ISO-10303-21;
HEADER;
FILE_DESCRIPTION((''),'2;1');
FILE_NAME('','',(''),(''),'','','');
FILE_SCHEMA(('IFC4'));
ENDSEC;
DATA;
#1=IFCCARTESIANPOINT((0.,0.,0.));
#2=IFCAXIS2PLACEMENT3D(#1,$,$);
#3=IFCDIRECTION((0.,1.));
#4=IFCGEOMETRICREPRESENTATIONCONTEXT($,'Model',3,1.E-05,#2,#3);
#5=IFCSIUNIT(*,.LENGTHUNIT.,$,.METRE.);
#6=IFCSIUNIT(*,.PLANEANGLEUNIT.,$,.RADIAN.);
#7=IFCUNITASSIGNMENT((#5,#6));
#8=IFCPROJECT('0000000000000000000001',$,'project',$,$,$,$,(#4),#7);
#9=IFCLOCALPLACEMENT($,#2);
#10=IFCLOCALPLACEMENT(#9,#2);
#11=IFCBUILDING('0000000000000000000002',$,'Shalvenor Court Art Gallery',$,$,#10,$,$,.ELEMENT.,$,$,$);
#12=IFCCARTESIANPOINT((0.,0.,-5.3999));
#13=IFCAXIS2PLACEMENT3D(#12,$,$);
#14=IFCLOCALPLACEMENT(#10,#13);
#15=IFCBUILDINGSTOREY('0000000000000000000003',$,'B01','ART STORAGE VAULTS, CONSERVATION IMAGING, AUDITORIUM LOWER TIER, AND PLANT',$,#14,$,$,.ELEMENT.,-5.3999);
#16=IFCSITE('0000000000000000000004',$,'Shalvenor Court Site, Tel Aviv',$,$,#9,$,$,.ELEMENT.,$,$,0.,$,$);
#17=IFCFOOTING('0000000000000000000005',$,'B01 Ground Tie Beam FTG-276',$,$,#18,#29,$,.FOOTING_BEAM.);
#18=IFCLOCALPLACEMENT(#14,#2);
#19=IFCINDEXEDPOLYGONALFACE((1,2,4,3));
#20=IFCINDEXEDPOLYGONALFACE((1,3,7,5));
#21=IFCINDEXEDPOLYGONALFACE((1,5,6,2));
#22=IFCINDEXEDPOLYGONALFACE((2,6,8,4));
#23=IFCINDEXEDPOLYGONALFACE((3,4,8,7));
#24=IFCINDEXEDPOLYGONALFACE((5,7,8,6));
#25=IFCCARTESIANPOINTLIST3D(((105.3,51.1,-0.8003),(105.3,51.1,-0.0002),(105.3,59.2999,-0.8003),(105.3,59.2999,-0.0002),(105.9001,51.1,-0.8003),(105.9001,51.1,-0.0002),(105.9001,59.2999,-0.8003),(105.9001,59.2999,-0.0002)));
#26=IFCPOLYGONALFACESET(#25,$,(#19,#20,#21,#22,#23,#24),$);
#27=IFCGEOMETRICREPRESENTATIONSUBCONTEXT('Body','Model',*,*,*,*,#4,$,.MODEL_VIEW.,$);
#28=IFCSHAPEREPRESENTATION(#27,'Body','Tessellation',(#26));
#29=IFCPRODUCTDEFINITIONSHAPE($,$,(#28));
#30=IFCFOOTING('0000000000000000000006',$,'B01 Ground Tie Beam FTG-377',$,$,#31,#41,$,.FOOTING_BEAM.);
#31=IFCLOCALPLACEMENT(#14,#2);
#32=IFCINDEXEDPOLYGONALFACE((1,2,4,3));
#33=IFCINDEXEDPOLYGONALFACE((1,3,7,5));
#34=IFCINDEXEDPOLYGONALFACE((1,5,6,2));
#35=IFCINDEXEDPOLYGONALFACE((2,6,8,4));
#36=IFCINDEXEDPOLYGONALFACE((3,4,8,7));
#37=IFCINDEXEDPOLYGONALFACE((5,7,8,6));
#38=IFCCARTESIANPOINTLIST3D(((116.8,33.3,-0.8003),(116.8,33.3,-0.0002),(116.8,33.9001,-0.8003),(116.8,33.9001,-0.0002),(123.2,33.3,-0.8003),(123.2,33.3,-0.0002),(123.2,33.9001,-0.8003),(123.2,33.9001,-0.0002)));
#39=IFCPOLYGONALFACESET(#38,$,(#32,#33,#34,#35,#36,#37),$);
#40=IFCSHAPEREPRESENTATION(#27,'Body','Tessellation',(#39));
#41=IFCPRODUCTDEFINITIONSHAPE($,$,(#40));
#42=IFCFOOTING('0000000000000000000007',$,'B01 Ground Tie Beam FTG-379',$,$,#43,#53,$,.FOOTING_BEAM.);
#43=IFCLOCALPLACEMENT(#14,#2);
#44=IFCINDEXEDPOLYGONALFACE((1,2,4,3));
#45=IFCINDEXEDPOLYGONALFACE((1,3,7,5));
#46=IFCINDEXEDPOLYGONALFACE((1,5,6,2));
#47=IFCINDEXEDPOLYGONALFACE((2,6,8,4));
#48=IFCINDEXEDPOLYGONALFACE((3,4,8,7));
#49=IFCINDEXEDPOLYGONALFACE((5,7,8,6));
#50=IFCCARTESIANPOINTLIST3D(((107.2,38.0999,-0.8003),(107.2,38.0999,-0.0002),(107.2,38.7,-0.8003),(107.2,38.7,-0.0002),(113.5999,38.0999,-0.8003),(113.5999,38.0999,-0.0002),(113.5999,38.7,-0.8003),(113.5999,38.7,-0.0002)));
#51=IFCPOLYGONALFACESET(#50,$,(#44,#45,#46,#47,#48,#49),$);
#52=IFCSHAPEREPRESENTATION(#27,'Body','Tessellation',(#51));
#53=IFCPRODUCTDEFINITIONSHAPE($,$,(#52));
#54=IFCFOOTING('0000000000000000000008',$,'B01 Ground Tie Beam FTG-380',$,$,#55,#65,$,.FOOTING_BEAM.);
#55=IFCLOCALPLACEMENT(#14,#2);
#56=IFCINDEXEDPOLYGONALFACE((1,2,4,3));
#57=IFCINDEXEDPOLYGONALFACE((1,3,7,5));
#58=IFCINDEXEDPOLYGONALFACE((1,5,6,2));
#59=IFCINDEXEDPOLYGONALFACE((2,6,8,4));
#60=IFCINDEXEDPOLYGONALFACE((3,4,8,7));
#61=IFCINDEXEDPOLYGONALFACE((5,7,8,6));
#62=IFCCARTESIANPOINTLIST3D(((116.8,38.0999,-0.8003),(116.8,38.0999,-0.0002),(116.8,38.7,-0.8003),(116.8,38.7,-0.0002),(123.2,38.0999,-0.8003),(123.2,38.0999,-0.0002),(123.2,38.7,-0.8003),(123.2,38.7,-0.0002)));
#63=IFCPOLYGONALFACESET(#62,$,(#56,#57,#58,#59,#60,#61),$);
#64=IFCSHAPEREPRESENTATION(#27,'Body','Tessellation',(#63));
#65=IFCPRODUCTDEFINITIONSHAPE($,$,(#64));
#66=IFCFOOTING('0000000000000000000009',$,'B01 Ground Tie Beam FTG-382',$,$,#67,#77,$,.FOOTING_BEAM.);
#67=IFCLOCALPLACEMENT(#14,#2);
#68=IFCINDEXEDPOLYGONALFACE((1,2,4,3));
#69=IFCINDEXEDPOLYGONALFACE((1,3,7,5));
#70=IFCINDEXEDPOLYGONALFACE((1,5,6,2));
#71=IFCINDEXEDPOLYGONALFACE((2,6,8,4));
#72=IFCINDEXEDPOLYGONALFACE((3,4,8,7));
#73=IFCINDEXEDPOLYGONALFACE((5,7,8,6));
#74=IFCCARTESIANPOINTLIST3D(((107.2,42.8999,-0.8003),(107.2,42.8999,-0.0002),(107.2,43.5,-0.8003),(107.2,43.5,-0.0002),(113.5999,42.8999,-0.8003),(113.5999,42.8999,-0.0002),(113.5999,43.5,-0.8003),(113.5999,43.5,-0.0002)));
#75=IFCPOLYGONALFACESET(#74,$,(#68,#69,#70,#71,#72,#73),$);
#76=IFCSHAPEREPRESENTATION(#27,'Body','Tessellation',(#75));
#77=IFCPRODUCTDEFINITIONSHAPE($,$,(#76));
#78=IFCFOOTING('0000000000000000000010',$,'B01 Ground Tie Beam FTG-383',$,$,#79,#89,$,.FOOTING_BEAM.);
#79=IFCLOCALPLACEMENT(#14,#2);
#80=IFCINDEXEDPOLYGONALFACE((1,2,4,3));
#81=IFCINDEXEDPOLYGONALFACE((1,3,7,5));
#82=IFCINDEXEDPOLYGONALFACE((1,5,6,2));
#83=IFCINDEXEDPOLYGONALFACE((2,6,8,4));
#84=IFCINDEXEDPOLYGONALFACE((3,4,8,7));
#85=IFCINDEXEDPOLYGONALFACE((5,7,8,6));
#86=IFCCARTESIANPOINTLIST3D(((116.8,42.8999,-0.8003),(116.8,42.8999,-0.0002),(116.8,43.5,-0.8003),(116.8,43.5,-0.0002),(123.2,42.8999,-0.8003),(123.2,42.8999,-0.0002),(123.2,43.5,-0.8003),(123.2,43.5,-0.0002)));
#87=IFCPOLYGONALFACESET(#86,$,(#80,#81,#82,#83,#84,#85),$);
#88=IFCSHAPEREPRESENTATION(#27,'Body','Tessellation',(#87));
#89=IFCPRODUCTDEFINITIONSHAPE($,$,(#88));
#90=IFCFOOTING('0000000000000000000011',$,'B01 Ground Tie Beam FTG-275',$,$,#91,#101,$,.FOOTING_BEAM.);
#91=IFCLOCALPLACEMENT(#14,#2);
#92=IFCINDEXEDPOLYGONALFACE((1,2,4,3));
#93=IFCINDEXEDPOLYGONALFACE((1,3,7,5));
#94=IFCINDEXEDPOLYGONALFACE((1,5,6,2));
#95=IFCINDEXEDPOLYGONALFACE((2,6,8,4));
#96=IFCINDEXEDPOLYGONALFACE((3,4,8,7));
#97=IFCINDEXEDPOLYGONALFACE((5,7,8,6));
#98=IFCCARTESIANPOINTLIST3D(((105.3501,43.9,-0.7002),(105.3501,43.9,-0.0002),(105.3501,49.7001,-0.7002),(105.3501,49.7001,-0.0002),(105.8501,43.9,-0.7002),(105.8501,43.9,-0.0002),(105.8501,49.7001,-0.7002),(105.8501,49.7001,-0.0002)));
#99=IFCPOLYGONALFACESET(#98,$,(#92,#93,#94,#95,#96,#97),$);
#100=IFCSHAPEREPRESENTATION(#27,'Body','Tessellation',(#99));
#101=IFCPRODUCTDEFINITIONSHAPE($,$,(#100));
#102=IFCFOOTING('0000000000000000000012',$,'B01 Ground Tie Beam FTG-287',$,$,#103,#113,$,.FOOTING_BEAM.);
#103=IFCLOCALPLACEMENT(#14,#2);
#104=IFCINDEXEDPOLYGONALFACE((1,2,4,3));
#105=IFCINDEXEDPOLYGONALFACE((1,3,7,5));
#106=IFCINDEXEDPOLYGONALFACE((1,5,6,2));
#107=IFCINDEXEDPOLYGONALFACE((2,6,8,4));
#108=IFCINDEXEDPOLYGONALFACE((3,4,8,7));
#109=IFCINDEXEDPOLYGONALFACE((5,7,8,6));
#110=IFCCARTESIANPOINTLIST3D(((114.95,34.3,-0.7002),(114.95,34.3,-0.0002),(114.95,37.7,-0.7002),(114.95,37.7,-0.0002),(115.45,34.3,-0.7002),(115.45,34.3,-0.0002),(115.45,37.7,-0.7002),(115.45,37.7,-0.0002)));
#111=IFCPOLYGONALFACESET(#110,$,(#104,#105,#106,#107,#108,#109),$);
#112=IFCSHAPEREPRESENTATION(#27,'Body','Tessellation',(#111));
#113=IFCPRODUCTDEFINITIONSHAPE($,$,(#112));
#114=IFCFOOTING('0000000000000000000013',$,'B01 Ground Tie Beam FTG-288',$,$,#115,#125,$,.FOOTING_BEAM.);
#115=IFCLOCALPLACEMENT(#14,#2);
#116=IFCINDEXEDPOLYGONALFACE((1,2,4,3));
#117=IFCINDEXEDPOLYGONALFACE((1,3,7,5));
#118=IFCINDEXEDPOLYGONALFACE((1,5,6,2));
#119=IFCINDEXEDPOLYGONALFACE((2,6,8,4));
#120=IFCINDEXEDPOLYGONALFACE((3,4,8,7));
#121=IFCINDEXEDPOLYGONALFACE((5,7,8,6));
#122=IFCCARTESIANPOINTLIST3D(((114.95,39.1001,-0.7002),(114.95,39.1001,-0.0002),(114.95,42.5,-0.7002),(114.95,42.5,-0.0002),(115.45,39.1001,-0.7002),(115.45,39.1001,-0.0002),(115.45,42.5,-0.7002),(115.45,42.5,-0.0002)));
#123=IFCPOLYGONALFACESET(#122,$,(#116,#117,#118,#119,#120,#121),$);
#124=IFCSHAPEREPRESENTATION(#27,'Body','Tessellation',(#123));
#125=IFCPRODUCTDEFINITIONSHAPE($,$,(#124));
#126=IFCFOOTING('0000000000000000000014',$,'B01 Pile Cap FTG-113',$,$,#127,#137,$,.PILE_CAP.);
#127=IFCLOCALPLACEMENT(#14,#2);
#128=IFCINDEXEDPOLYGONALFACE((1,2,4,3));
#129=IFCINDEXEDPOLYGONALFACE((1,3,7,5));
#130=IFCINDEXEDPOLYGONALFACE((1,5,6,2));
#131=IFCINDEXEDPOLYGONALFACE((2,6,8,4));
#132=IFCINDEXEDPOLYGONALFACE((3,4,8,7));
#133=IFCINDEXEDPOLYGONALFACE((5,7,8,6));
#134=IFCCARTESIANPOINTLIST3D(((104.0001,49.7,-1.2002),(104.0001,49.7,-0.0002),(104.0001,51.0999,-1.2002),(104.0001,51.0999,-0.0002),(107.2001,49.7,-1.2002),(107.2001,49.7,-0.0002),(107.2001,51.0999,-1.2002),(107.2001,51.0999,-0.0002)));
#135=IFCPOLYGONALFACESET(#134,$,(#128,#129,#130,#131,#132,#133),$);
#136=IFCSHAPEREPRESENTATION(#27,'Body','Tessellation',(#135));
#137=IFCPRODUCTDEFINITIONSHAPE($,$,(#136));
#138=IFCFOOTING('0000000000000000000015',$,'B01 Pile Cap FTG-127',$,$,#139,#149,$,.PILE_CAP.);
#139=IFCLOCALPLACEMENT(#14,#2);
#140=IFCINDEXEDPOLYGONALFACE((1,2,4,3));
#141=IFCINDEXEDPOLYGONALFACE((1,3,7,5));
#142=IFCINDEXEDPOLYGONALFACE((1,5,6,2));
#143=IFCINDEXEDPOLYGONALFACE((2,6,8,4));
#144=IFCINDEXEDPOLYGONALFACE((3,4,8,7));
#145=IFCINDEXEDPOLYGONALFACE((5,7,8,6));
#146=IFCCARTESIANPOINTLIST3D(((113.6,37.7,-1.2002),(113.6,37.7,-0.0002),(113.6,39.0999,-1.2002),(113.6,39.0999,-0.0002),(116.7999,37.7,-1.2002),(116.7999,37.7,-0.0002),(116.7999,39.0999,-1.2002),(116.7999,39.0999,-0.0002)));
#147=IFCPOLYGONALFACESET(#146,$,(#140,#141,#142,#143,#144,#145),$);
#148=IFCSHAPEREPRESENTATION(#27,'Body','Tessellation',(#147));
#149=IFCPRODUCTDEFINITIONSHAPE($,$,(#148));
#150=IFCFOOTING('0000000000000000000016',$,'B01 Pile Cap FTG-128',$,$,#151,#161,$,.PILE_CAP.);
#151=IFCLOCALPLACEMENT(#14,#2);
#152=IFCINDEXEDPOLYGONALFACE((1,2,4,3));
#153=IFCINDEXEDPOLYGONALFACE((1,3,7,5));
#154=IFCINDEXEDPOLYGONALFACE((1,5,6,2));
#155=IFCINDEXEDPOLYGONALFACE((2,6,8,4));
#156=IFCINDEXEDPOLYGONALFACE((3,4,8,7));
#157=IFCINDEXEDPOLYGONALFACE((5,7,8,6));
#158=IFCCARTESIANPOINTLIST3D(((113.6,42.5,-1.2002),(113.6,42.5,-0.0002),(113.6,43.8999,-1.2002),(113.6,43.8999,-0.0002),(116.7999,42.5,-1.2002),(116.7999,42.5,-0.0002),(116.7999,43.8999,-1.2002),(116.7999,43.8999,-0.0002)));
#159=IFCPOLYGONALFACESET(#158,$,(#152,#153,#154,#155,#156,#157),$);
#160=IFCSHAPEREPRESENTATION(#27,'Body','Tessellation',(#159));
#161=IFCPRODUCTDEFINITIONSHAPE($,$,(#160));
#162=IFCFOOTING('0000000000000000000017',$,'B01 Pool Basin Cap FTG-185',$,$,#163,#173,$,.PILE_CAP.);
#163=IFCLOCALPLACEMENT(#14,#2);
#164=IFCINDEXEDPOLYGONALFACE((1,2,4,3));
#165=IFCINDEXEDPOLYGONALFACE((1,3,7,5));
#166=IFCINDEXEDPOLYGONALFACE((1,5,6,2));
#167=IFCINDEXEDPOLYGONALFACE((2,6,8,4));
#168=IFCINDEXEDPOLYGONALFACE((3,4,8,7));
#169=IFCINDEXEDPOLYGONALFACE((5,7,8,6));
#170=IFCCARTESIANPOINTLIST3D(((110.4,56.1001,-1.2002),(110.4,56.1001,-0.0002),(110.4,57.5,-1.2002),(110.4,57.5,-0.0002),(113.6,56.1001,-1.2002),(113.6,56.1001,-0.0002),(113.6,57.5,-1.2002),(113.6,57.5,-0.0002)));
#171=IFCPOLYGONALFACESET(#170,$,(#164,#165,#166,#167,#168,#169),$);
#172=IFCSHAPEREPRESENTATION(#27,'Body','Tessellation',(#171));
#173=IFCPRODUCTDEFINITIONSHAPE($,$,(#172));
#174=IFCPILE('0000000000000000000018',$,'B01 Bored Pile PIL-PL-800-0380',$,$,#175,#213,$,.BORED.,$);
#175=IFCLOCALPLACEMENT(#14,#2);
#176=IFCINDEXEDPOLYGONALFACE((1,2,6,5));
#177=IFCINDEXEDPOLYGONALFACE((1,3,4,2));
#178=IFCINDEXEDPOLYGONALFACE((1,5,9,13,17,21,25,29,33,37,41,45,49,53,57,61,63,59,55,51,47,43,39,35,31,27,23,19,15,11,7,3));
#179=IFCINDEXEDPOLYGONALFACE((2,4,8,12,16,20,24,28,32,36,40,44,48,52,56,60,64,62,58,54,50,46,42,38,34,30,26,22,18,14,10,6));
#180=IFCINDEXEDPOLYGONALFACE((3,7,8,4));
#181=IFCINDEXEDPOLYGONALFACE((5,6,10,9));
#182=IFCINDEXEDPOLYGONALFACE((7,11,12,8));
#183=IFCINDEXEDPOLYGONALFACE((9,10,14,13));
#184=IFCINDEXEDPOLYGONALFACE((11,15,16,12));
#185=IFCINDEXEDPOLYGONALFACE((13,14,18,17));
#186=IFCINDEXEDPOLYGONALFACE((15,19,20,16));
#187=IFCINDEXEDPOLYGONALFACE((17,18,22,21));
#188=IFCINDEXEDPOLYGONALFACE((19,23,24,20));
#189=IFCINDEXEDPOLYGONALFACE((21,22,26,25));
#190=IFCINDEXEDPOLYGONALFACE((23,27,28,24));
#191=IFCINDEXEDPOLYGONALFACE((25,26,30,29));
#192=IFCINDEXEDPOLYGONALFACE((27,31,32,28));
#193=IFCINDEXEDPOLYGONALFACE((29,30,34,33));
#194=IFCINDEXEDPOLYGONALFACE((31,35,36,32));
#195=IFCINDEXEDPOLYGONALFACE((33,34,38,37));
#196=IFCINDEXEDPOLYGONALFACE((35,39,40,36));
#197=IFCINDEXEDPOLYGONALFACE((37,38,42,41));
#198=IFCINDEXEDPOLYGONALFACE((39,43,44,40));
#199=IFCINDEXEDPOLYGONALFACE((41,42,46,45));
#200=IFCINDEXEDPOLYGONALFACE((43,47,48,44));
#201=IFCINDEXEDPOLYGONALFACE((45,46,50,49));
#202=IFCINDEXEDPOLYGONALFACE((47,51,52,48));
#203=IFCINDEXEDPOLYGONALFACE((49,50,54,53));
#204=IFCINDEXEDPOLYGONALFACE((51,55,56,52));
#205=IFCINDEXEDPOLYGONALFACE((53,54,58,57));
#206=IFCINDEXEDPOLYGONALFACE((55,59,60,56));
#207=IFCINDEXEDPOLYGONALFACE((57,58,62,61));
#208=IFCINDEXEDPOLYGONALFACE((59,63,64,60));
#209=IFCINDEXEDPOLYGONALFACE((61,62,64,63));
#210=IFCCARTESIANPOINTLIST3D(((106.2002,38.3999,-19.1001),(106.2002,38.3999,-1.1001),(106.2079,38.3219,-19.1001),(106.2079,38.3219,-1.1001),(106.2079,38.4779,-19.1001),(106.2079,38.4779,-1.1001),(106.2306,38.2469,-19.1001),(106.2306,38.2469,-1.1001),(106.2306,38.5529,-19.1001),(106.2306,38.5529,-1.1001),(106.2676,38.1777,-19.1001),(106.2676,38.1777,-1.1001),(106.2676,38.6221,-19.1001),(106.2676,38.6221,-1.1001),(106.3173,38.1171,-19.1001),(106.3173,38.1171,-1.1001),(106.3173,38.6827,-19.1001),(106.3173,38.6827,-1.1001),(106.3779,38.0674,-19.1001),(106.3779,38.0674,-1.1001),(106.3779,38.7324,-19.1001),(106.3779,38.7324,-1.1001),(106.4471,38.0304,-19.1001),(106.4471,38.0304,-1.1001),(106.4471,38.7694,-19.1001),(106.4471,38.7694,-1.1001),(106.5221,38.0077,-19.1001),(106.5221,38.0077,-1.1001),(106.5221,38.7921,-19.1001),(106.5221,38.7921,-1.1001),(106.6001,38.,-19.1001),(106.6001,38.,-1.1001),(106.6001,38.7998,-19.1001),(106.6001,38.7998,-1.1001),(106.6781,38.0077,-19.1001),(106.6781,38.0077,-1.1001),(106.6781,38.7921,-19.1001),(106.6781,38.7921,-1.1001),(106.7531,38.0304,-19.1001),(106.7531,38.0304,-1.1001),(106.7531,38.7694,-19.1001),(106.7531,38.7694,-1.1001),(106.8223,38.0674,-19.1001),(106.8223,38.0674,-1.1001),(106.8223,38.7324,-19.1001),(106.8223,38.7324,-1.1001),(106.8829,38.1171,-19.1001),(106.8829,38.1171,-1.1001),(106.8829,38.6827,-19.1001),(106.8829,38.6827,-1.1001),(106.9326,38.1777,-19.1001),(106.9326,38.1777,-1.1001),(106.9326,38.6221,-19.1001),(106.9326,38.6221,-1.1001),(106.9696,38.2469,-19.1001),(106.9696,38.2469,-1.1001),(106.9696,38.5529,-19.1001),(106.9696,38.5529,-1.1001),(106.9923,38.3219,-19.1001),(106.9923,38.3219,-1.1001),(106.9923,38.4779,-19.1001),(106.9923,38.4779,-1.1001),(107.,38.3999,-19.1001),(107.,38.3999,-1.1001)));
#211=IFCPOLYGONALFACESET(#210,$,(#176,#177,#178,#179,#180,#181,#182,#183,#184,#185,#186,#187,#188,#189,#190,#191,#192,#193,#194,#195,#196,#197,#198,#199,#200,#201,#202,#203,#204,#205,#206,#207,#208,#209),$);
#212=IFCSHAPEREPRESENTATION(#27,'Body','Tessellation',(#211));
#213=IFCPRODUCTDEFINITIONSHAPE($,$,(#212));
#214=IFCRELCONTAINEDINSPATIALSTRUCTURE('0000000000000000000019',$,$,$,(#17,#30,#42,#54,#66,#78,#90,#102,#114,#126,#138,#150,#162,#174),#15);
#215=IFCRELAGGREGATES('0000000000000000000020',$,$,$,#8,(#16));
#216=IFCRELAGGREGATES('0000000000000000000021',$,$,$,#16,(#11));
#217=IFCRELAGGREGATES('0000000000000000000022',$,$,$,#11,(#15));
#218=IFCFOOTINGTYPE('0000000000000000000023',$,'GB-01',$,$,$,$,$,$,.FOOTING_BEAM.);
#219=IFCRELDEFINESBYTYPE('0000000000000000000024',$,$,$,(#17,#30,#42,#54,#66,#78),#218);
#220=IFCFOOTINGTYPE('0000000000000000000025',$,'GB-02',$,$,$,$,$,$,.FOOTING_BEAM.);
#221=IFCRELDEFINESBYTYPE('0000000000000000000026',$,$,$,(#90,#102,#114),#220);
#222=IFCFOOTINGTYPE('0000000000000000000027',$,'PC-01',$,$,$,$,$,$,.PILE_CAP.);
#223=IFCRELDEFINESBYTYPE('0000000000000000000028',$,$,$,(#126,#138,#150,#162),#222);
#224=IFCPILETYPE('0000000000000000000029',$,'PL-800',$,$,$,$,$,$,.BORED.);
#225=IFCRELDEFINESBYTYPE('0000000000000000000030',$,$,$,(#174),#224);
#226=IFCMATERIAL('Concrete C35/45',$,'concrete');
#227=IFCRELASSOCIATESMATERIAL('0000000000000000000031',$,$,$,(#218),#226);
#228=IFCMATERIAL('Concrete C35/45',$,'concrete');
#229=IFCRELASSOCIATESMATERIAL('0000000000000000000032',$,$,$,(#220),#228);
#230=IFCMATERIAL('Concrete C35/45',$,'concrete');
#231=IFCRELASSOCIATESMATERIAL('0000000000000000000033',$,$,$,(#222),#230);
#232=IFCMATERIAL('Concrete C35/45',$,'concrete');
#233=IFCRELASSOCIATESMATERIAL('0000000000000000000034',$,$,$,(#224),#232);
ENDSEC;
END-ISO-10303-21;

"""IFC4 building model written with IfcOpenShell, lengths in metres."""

from ifc_helpers import new_model, si_unit, direction, frame, origin, origin_2d, place, context, subcontext, project, spatial, rectangle, circle, extrude, material, material_profile, profile_set, type_object, element, save


model = new_model("IFC4")

# Units and contexts
model_context = context("Model", 3, precision=1e-05, world=origin(), true_north=direction((0.0, 1.0)))
body_context = subcontext(model_context, "Body", "Model", "MODEL_VIEW")
ifc_project = project(units=[si_unit("LENGTHUNIT", "METRE"), si_unit("PLANEANGLEUNIT", "RADIAN")], contexts=[model_context])

# Site, building, storey
site_placement = place(None, origin())
site = spatial("IfcSite", under=ifc_project, at=site_placement, Name="Shalvenor Court Site, Tel Aviv", CompositionType="ELEMENT", RefElevation=0.0)
building_placement = place(site_placement, origin())
building = spatial("IfcBuilding", under=site, at=building_placement, Name="Shalvenor Court Art Gallery", CompositionType="ELEMENT")
storey_placement = place(building_placement, frame((0.0, 0.0, -5.3999)))
storey = spatial("IfcBuildingStorey", under=building, at=storey_placement, Name="B01", Description="ART STORAGE VAULTS, CONSERVATION IMAGING, AUDITORIUM LOWER TIER, AND PLANT", CompositionType="ELEMENT", Elevation=-5.3999)

# Footings
ifc_material_1 = material(Name="Concrete C35/45", Category="concrete")
footing_type_1 = type_object("IfcFootingType", Name="GB-01", PredefinedType="FOOTING_BEAM", material=ifc_material_1)
footing_1_placement = place(storey_placement, frame((105.6001, 55.2, -0.8003), z_axis=(0.0, 0.0, 1.0), x_axis=(0.0, 1.0, 0.0)))
element("IfcFooting", 1, at=footing_1_placement, inside=storey, type_object=footing_type_1, Name="B01 Ground Tie Beam FTG-276", PredefinedType="FOOTING_BEAM", context=body_context, shape_type="SweptSolid", body=[
    extrude(rectangle(XDim=8.2, YDim=0.6001, at=origin_2d()), origin(), (0.0, 0.0, 1.0), 0.8),
])
for number, where, z_axis, x_axis, name in (
    (2, (120.0, 33.6001, -0.8003), (0.0, 0.0, 1.0), (1.0, 0.0, 0.0), "B01 Ground Tie Beam FTG-377"),
    (3, (110.3999, 38.3999, -0.8003), (0.0, 0.0, 1.0), (1.0, 0.0, 0.0), "B01 Ground Tie Beam FTG-379"),
    (4, (120.0, 38.3999, -0.8003), (0.0, 0.0, 1.0), (1.0, 0.0, 0.0), "B01 Ground Tie Beam FTG-380"),
    (5, (110.3999, 43.2, -0.8003), (0.0, 0.0, 1.0), (1.0, 0.0, 0.0), "B01 Ground Tie Beam FTG-382"),
    (6, (120.0, 43.2, -0.8003), (0.0, 0.0, 1.0), (1.0, 0.0, 0.0), "B01 Ground Tie Beam FTG-383"),
):
    element("IfcFooting", number, at=place(storey_placement, frame(where, z_axis=z_axis, x_axis=x_axis)), inside=storey, type_object=footing_type_1, Name=name, PredefinedType="FOOTING_BEAM", context=body_context, shape_type="SweptSolid", body=[
        extrude(rectangle(XDim=6.3999, YDim=0.6001, at=origin_2d()), origin(), (0.0, 0.0, 1.0), 0.8),
    ])
ifc_material_2 = material(Name="Concrete C35/45", Category="concrete")
footing_type_2 = type_object("IfcFootingType", Name="GB-02", PredefinedType="FOOTING_BEAM", material=ifc_material_2)
footing_2_placement = place(storey_placement, frame((105.6001, 46.8, -0.7002), z_axis=(0.0, 0.0, 1.0), x_axis=(0.0, 1.0, 0.0)))
element("IfcFooting", 7, at=footing_2_placement, inside=storey, type_object=footing_type_2, Name="B01 Ground Tie Beam FTG-275", PredefinedType="FOOTING_BEAM", context=body_context, shape_type="SweptSolid", body=[
    extrude(rectangle(XDim=5.8, YDim=0.5, at=origin_2d()), origin(), (0.0, 0.0, 1.0), 0.7),
])
for number, where, z_axis, x_axis, name in (
    (8, (115.2, 36.0, -0.7002), (0.0, 0.0, 1.0), (0.0, 1.0, 0.0), "B01 Ground Tie Beam FTG-287"),
    (9, (115.2, 40.8, -0.7002), (0.0, 0.0, 1.0), (0.0, 1.0, 0.0), "B01 Ground Tie Beam FTG-288"),
):
    element("IfcFooting", number, at=place(storey_placement, frame(where, z_axis=z_axis, x_axis=x_axis)), inside=storey, type_object=footing_type_2, Name=name, PredefinedType="FOOTING_BEAM", context=body_context, shape_type="SweptSolid", body=[
        extrude(rectangle(XDim=3.3999, YDim=0.5, at=origin_2d()), origin(), (0.0, 0.0, 1.0), 0.7),
    ])
ifc_material_3 = material(Name="Concrete C35/45", Category="concrete")
footing_type_3 = type_object("IfcFootingType", Name="PC-01", PredefinedType="PILE_CAP", material=ifc_material_3)
for number, where, z_axis, x_axis, name in (
    (10, (105.6001, 50.3999, -1.2002), (0.0, 0.0, 1.0), (1.0, 0.0, 0.0), "B01 Pile Cap FTG-113"),
    (11, (115.2, 38.3999, -1.2002), (0.0, 0.0, 1.0), (1.0, 0.0, 0.0), "B01 Pile Cap FTG-127"),
    (12, (115.2, 43.2, -1.2002), (0.0, 0.0, 1.0), (1.0, 0.0, 0.0), "B01 Pile Cap FTG-128"),
    (13, (112.0, 56.8, -1.2002), (0.0, 0.0, 1.0), (1.0, 0.0, 0.0), "B01 Pool Basin Cap FTG-185"),
):
    element("IfcFooting", number, at=place(storey_placement, frame(where, z_axis=z_axis, x_axis=x_axis)), inside=storey, type_object=footing_type_3, Name=name, PredefinedType="PILE_CAP", context=body_context, shape_type="SweptSolid", body=[
        extrude(rectangle(XDim=3.2, YDim=1.3999, at=origin_2d()), origin(), (0.0, 0.0, 1.0), 1.2),
    ])

# Pile
ifc_material_4 = material(Name="Concrete C35/45", Category="concrete")
ifc_material_profile_1 = material_profile(ifc_material_4, circle(Radius=0.3999, at=origin_2d()), Name="PILE 800")
ifc_profile_set_1 = profile_set([ifc_material_profile_1], Name="Concrete C35/45")
pile_type = type_object("IfcPileType", Name="PL-800", PredefinedType="BORED", material=ifc_profile_set_1)
for number, where, z_axis, x_axis, name in (
    (14, (106.6001, 38.3999, -1.1001), (0.0, 0.0, -1.0), (1.0, 0.0, 0.0), "B01 Bored Pile PIL-PL-800-0380"),
):
    element("IfcPile", number, at=place(storey_placement, frame(where, z_axis=z_axis, x_axis=x_axis)), inside=storey, type_object=pile_type, Name=name, PredefinedType="BORED", context=body_context, shape_type="SweptSolid", body=[
        extrude(circle(Radius=0.3999, at=origin_2d()), origin(), (0.0, 0.0, 1.0), 18.0),
    ])

save(model, "model.ifc")
